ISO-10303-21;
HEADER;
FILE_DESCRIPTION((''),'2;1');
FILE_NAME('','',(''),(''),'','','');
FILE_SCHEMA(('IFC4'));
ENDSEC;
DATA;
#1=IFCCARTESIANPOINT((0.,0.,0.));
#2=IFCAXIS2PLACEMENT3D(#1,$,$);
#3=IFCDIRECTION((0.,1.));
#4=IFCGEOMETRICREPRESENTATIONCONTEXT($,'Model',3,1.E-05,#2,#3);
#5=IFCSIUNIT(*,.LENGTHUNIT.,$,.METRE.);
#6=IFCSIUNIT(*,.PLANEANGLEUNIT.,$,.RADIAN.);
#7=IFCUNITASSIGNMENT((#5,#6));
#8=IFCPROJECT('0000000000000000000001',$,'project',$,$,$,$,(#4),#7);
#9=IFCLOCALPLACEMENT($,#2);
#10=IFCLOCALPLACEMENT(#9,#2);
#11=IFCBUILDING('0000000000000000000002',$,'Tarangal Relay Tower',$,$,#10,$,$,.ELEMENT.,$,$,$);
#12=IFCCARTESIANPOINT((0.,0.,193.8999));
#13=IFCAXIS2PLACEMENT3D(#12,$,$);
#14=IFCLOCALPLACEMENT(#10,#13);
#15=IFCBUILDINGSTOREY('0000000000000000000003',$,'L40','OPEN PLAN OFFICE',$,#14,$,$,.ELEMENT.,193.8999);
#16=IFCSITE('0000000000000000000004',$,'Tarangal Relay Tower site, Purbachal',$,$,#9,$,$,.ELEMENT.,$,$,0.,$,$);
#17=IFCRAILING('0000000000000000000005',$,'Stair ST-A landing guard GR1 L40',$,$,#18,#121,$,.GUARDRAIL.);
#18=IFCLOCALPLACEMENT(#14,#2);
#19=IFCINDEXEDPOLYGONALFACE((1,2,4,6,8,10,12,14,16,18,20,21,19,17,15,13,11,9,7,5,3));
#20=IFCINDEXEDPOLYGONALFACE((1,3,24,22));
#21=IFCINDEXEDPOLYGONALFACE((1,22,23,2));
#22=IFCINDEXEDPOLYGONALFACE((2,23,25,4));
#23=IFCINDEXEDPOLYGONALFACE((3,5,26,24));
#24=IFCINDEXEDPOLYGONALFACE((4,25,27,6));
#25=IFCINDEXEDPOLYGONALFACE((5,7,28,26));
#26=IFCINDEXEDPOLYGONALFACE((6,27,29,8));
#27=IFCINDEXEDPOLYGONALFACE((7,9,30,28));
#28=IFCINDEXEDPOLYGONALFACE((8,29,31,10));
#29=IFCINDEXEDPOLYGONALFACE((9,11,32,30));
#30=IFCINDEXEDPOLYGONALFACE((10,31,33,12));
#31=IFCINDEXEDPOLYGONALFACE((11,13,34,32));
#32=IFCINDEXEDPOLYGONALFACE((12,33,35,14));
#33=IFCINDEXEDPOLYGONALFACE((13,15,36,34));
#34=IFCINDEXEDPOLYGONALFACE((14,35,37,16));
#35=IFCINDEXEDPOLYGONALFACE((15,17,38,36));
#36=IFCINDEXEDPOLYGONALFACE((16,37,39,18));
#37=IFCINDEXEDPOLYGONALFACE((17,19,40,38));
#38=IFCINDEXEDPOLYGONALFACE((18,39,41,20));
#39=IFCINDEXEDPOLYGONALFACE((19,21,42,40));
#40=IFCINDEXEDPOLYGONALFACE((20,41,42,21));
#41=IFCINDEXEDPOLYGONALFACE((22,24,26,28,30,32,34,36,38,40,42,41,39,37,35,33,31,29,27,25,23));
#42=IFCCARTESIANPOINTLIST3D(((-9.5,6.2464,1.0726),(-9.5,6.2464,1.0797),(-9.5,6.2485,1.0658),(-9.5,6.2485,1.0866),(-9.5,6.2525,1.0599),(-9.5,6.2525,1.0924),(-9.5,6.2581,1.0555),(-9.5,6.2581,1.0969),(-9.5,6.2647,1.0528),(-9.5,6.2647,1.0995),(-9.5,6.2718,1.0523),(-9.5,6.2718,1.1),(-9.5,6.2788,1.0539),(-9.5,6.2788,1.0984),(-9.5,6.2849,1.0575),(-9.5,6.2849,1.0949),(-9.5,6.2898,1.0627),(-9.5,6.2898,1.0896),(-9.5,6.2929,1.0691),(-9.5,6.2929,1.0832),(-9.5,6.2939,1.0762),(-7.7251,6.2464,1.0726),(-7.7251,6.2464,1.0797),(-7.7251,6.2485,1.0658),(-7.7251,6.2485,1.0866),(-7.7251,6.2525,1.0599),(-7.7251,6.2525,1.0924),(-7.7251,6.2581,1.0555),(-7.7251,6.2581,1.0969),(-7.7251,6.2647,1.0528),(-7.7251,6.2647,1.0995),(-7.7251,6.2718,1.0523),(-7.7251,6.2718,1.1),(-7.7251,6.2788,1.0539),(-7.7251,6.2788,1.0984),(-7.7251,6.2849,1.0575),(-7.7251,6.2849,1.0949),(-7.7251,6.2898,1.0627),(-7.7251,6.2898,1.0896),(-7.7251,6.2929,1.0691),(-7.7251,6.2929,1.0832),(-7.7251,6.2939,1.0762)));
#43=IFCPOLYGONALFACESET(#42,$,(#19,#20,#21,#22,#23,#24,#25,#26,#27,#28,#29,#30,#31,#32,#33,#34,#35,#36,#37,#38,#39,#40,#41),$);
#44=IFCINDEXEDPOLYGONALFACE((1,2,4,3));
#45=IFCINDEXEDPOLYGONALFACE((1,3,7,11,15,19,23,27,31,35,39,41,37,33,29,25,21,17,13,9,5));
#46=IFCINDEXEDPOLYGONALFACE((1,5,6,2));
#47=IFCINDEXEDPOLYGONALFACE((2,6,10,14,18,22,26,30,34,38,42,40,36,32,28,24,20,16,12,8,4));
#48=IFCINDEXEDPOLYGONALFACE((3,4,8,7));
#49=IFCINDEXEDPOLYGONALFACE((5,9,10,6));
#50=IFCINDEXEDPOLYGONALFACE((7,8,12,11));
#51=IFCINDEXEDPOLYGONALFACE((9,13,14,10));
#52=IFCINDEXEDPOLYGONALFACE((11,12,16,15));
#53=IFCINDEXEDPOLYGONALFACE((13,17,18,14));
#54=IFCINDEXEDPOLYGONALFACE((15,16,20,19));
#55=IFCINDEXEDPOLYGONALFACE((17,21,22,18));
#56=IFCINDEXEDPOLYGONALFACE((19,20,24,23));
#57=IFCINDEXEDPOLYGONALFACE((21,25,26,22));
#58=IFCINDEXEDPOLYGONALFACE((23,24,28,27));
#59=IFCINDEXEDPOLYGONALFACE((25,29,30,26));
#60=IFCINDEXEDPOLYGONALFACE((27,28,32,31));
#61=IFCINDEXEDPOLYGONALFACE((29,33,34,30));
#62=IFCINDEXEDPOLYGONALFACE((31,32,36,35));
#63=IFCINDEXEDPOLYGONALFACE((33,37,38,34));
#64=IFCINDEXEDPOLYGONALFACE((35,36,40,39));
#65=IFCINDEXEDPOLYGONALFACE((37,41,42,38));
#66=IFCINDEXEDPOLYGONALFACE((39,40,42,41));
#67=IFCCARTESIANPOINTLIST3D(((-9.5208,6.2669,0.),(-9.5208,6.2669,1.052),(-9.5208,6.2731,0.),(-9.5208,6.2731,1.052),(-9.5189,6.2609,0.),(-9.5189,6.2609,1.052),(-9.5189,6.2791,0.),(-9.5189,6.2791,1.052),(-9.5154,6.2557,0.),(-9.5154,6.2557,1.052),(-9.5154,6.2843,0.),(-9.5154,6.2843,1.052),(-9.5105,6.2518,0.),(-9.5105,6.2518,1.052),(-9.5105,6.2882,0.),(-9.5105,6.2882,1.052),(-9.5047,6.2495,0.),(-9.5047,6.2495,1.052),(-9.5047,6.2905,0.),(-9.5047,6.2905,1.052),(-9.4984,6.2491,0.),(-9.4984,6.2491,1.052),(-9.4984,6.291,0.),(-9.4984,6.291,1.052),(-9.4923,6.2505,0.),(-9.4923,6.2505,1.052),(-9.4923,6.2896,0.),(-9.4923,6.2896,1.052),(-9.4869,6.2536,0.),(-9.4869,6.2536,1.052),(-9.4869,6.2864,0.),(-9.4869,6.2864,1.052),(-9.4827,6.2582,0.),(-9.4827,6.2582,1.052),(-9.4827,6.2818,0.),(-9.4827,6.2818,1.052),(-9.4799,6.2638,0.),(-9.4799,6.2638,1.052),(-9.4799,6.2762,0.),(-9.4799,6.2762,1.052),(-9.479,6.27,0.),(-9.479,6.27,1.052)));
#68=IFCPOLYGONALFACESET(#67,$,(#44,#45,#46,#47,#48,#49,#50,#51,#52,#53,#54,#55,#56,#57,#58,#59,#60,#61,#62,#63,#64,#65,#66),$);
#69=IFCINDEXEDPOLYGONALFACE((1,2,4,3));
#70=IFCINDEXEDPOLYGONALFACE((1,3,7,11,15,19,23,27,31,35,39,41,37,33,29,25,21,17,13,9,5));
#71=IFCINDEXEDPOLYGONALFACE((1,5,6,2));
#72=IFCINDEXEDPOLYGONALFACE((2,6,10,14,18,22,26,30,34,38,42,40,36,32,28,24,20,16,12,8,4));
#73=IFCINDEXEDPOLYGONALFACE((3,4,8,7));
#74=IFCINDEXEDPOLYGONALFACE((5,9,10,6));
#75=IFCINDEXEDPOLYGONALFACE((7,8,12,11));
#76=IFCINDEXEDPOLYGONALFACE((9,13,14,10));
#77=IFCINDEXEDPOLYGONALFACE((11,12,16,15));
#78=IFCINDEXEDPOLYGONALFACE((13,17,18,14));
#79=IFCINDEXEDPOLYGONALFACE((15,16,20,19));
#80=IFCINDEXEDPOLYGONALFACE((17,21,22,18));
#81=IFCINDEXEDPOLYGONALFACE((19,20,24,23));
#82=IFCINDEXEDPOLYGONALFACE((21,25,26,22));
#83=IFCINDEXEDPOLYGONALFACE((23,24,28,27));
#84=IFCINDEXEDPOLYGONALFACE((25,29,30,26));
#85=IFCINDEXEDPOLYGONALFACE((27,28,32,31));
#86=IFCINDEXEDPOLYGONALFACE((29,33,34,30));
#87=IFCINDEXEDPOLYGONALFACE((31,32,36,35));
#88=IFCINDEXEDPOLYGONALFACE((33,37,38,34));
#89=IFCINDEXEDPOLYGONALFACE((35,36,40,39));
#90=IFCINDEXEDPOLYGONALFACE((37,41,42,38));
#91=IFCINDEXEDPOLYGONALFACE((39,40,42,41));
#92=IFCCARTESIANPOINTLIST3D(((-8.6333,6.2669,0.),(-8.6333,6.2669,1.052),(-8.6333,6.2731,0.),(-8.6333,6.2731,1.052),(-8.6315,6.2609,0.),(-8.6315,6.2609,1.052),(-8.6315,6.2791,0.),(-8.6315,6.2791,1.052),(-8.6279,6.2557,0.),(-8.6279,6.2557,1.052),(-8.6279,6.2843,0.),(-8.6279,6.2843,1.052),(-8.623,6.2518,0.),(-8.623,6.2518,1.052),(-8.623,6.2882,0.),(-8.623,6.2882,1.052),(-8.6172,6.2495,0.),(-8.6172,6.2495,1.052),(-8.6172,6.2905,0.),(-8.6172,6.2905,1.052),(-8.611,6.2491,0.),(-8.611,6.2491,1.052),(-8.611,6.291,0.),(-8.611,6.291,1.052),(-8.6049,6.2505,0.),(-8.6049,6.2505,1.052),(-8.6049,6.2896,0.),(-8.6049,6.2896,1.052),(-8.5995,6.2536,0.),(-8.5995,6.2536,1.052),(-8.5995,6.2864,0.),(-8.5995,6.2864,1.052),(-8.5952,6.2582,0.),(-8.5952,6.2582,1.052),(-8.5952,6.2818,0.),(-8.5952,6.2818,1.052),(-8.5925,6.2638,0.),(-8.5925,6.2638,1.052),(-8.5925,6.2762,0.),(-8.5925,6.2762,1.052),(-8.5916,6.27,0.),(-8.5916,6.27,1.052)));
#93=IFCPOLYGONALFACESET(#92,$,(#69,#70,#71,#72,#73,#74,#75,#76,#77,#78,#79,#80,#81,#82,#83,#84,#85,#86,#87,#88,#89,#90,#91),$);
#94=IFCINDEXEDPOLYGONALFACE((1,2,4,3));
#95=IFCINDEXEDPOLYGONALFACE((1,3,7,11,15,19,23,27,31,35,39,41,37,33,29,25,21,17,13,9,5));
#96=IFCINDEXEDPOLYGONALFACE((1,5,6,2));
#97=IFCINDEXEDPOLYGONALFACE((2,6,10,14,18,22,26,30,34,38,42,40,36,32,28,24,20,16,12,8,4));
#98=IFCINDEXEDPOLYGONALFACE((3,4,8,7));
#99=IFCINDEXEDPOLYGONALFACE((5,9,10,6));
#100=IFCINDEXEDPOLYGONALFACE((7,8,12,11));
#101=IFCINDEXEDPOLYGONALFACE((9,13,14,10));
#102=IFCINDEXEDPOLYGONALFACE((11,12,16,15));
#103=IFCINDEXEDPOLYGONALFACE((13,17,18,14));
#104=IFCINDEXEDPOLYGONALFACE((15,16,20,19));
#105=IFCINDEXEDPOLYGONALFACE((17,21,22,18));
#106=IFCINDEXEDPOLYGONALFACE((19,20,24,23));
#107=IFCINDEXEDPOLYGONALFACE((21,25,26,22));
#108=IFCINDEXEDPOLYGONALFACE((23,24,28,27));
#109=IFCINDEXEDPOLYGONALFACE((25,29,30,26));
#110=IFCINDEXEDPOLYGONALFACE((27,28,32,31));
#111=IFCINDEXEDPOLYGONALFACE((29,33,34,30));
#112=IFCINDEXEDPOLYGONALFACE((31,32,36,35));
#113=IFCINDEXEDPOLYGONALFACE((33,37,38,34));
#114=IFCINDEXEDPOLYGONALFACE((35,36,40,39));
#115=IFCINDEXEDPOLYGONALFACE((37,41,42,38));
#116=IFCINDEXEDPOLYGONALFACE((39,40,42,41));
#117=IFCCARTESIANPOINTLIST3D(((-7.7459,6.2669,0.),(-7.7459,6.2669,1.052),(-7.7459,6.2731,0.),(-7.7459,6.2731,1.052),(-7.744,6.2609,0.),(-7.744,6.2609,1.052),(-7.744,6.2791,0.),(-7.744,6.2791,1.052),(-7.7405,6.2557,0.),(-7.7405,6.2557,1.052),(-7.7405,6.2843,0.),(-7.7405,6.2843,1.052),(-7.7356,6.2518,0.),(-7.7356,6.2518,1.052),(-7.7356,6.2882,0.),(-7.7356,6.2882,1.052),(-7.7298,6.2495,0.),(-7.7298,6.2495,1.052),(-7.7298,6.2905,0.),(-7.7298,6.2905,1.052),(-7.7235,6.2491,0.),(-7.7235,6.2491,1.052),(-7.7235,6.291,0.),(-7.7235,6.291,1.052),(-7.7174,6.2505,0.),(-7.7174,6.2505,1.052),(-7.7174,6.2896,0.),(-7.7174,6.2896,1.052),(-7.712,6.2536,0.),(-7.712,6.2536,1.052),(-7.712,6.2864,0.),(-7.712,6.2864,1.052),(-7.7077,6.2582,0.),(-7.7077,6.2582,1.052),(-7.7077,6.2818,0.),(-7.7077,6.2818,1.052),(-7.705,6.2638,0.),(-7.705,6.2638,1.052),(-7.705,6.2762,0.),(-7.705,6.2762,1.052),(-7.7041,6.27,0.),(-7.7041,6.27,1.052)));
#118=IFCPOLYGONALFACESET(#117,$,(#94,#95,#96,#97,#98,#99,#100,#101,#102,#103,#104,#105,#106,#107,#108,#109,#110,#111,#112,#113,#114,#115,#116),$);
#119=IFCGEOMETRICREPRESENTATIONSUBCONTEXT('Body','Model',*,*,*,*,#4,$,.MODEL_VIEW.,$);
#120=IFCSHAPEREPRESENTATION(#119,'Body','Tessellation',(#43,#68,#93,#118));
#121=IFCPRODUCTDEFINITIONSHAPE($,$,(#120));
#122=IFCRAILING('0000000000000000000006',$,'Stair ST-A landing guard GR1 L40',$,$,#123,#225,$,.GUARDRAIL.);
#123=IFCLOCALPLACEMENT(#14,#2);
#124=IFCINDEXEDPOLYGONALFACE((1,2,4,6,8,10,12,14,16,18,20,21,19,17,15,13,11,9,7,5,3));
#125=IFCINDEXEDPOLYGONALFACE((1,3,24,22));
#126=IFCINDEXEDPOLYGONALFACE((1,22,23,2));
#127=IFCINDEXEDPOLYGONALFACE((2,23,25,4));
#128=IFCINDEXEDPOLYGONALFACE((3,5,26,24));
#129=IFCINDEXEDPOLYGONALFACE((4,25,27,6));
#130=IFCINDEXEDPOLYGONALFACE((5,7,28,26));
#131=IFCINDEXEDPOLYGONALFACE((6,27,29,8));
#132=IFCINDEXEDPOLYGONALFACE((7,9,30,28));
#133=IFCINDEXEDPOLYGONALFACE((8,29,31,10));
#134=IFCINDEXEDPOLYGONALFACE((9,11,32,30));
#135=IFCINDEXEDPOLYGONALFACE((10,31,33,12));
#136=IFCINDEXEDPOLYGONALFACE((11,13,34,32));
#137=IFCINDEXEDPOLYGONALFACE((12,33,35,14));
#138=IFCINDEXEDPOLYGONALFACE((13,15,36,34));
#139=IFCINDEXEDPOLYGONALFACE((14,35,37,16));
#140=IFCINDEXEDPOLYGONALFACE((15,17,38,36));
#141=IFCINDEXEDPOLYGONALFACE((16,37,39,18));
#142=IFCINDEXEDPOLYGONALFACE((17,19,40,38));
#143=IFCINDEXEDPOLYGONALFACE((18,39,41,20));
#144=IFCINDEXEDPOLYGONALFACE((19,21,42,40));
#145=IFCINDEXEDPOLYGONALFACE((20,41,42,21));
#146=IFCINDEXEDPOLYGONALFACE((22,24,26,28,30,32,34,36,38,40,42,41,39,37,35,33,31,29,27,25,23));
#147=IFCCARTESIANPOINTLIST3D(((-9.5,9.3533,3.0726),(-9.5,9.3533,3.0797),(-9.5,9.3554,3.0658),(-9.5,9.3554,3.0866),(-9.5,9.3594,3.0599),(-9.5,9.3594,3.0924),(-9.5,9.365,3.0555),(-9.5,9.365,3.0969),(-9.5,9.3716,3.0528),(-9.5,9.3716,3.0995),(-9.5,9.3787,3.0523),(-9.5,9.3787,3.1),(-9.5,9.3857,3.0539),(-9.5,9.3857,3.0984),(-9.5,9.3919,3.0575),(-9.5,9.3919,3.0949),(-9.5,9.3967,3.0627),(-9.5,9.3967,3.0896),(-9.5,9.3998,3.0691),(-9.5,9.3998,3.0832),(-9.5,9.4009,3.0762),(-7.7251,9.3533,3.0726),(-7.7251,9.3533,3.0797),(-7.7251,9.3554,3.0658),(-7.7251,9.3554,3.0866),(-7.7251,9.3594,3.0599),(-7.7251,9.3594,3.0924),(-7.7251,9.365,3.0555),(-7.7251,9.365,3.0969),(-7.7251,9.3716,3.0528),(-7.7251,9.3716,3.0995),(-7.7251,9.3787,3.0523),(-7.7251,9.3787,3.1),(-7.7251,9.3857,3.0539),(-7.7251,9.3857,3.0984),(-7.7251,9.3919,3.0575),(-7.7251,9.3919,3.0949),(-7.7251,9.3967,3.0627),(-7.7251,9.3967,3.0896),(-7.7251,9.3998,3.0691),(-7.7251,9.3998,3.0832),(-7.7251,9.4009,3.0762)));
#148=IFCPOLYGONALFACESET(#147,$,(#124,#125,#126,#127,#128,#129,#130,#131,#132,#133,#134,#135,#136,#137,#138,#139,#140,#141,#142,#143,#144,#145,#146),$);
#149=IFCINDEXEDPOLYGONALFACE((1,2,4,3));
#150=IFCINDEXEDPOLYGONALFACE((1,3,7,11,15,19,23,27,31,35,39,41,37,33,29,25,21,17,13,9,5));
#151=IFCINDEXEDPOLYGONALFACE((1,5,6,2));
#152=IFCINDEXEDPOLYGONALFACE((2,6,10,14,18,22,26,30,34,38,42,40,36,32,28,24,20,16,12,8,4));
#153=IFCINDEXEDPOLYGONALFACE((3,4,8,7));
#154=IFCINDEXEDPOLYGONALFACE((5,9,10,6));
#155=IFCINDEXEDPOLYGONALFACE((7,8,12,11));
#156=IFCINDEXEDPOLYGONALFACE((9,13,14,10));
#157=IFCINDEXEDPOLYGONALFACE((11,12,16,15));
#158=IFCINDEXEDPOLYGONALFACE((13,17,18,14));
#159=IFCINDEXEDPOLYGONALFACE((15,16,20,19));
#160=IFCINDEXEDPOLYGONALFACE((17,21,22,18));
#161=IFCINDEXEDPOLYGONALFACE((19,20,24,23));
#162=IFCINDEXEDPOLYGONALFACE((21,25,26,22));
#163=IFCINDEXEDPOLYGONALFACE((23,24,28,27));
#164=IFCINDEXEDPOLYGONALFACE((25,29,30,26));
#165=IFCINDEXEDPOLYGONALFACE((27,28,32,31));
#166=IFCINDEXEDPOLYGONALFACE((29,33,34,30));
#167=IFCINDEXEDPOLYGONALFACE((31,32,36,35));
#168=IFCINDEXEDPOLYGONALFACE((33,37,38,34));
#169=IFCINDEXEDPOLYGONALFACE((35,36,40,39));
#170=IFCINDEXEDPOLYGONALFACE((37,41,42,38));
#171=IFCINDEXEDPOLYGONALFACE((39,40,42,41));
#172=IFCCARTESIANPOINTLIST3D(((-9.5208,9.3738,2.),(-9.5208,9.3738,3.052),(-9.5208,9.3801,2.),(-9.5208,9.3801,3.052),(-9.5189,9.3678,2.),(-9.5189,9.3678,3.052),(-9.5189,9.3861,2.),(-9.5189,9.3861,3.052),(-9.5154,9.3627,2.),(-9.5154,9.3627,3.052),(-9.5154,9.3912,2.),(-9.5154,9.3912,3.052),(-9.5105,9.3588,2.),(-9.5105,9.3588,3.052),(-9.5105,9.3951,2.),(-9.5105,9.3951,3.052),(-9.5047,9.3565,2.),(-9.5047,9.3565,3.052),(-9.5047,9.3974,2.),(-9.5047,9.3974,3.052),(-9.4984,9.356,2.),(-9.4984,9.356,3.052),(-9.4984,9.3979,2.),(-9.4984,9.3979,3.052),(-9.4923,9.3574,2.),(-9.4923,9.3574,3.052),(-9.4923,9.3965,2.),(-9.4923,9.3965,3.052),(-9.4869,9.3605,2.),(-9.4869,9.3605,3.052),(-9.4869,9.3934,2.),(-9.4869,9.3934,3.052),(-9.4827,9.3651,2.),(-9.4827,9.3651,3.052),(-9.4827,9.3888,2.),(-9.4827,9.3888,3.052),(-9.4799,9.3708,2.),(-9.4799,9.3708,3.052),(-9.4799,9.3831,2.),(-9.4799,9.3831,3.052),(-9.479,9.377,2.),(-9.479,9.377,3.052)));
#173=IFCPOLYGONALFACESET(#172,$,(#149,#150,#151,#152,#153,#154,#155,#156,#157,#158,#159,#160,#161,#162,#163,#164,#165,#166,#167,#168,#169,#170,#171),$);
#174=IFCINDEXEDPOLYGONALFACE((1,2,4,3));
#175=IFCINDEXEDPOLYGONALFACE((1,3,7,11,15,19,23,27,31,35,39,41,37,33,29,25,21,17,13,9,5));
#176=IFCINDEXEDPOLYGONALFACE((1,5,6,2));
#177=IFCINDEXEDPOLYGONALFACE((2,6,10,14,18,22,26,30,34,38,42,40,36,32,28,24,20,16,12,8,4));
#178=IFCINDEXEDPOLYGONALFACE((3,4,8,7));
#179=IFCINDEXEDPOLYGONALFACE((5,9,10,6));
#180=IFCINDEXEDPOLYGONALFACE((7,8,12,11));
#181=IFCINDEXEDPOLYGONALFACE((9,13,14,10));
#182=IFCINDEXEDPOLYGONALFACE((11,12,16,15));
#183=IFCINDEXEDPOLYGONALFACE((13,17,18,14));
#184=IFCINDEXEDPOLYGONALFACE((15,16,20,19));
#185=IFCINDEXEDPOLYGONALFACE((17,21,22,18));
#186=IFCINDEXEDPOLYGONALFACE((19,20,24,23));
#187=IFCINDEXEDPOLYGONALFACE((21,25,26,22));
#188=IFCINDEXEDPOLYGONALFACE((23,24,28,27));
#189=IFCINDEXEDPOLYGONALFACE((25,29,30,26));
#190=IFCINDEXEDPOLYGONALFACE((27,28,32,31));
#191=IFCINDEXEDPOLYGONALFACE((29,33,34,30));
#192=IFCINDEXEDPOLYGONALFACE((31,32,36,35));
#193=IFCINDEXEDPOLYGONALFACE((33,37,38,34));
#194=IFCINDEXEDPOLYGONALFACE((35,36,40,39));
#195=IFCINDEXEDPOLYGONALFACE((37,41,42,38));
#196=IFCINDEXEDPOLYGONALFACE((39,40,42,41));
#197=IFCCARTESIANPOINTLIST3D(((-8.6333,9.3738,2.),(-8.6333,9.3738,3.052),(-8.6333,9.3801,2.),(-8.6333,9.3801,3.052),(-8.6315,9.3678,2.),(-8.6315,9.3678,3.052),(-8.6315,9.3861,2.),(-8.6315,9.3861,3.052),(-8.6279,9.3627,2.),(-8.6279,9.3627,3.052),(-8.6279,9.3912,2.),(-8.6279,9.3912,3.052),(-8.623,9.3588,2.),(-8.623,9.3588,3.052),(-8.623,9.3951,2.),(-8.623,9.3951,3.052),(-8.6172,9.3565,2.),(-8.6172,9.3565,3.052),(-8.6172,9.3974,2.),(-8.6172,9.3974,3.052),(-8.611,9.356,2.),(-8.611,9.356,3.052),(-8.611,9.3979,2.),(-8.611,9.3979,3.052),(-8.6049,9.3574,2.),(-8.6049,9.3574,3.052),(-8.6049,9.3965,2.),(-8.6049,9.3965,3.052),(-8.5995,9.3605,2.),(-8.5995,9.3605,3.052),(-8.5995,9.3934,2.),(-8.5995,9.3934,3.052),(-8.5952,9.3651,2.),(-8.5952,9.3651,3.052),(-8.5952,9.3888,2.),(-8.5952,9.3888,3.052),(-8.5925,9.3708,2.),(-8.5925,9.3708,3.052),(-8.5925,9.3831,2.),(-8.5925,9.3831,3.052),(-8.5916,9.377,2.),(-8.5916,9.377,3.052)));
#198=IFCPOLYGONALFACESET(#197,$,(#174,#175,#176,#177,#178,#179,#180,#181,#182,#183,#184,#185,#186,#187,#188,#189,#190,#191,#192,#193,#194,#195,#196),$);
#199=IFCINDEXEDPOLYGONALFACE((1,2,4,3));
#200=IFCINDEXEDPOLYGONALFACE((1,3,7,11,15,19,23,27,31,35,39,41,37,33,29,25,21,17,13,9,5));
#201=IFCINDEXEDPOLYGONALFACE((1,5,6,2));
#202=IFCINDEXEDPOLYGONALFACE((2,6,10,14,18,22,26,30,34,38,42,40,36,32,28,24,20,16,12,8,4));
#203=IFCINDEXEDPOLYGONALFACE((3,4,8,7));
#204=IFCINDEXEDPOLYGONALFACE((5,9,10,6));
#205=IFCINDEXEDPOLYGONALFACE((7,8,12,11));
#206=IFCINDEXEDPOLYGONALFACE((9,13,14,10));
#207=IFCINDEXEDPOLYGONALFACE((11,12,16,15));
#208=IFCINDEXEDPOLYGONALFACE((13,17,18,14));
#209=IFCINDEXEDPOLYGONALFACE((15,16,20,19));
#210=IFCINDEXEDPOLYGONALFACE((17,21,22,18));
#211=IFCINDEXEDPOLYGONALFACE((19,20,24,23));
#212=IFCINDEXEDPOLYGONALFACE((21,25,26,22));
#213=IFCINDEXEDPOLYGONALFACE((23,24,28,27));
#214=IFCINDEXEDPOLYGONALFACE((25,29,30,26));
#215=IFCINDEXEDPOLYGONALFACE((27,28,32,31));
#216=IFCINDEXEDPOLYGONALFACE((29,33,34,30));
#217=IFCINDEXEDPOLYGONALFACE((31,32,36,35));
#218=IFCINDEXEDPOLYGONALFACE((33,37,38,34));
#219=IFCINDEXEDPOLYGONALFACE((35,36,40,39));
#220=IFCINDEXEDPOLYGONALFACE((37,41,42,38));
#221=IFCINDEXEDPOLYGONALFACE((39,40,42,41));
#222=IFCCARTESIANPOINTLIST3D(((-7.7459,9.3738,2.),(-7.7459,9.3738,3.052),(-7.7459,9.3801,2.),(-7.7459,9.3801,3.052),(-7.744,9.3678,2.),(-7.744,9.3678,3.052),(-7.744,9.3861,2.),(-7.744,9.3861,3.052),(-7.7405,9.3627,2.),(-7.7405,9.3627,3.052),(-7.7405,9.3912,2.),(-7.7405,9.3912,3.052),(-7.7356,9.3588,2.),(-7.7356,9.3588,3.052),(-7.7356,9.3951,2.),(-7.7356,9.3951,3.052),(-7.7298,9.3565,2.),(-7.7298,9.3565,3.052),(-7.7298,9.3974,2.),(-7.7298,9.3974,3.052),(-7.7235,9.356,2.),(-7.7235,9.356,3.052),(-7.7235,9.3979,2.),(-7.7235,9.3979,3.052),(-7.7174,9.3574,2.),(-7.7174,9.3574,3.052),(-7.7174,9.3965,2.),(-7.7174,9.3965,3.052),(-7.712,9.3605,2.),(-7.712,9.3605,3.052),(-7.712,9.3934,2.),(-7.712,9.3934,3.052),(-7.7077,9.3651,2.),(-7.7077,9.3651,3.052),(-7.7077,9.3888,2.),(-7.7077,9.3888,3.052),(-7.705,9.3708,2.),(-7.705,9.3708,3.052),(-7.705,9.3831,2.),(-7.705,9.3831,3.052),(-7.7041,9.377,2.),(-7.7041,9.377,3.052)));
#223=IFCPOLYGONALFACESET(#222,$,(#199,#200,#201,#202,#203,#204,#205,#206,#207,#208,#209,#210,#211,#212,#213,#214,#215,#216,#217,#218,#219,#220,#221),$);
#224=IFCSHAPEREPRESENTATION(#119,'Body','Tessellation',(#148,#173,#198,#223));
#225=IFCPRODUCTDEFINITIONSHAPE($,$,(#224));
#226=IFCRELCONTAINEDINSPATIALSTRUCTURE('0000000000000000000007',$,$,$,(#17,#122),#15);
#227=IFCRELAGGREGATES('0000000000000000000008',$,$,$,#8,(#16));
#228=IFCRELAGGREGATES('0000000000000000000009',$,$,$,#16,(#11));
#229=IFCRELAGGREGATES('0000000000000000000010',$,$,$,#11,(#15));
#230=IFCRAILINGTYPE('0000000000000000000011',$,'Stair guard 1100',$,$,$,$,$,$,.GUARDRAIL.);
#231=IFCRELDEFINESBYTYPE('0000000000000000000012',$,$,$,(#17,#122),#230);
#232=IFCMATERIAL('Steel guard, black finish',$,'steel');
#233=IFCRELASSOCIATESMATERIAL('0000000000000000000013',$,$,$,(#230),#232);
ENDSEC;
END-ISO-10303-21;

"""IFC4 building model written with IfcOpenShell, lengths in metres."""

from ifc_helpers import new_model, si_unit, direction, frame, origin, origin_2d, place, context, subcontext, project, spatial, circle, extrude, material, type_object, element, save


model = new_model("IFC4")

# Units and contexts
model_context = context("Model", 3, precision=1e-05, world=origin(), true_north=direction((0.0, 1.0)))
body_context = subcontext(model_context, "Body", "Model", "MODEL_VIEW")
ifc_project = project(units=[si_unit("LENGTHUNIT", "METRE"), si_unit("PLANEANGLEUNIT", "RADIAN")], contexts=[model_context])

# Site, building, storey
site_placement = place(None, origin())
site = spatial("IfcSite", under=ifc_project, at=site_placement, Name="Tarangal Relay Tower site, Purbachal", CompositionType="ELEMENT", RefElevation=0.0)
building_placement = place(site_placement, origin())
building = spatial("IfcBuilding", under=site, at=building_placement, Name="Tarangal Relay Tower", CompositionType="ELEMENT")
storey_placement = place(building_placement, frame((0.0, 0.0, 193.8999)))
storey = spatial("IfcBuildingStorey", under=building, at=storey_placement, Name="L40", Description="OPEN PLAN OFFICE", CompositionType="ELEMENT", Elevation=193.8999)

# Railings
ifc_material_1 = material(Name="Steel guard, black finish", Category="steel")
railing_type_1 = type_object("IfcRailingType", Name="Stair guard 1100", PredefinedType="GUARDRAIL", material=ifc_material_1)
for number, where, name in (
    (1, (-9.5, 6.27, 0.0), "Stair ST-A landing guard GR1 L40"),
    (2, (-9.5, 9.377, 2.0), "Stair ST-A landing guard GR1 L40"),
):
    element("IfcRailing", number, at=place(storey_placement, frame(where)), inside=storey, type_object=railing_type_1, Name=name, PredefinedType="GUARDRAIL", context=body_context, shape_type="SweptSolid", body=[
        extrude(circle(Radius=0.0239, at=origin_2d()), frame((0.0, 0.0, 1.0762), z_axis=(1.0, 0.0, 0.0), x_axis=(0.0, 1.0, 0.0)), (0.0, 0.0, 1.0), 1.7749),
        extrude(circle(Radius=0.021, at=origin_2d()), origin(), (0.0, 0.0, 1.0), 1.052),
        extrude(circle(Radius=0.021, at=origin_2d()), frame((0.8875, 0.0, 0.0)), (0.0, 0.0, 1.0), 1.052),
        extrude(circle(Radius=0.021, at=origin_2d()), frame((1.7749, 0.0, 0.0)), (0.0, 0.0, 1.0), 1.052),
    ])

save(model, "model.ifc")
